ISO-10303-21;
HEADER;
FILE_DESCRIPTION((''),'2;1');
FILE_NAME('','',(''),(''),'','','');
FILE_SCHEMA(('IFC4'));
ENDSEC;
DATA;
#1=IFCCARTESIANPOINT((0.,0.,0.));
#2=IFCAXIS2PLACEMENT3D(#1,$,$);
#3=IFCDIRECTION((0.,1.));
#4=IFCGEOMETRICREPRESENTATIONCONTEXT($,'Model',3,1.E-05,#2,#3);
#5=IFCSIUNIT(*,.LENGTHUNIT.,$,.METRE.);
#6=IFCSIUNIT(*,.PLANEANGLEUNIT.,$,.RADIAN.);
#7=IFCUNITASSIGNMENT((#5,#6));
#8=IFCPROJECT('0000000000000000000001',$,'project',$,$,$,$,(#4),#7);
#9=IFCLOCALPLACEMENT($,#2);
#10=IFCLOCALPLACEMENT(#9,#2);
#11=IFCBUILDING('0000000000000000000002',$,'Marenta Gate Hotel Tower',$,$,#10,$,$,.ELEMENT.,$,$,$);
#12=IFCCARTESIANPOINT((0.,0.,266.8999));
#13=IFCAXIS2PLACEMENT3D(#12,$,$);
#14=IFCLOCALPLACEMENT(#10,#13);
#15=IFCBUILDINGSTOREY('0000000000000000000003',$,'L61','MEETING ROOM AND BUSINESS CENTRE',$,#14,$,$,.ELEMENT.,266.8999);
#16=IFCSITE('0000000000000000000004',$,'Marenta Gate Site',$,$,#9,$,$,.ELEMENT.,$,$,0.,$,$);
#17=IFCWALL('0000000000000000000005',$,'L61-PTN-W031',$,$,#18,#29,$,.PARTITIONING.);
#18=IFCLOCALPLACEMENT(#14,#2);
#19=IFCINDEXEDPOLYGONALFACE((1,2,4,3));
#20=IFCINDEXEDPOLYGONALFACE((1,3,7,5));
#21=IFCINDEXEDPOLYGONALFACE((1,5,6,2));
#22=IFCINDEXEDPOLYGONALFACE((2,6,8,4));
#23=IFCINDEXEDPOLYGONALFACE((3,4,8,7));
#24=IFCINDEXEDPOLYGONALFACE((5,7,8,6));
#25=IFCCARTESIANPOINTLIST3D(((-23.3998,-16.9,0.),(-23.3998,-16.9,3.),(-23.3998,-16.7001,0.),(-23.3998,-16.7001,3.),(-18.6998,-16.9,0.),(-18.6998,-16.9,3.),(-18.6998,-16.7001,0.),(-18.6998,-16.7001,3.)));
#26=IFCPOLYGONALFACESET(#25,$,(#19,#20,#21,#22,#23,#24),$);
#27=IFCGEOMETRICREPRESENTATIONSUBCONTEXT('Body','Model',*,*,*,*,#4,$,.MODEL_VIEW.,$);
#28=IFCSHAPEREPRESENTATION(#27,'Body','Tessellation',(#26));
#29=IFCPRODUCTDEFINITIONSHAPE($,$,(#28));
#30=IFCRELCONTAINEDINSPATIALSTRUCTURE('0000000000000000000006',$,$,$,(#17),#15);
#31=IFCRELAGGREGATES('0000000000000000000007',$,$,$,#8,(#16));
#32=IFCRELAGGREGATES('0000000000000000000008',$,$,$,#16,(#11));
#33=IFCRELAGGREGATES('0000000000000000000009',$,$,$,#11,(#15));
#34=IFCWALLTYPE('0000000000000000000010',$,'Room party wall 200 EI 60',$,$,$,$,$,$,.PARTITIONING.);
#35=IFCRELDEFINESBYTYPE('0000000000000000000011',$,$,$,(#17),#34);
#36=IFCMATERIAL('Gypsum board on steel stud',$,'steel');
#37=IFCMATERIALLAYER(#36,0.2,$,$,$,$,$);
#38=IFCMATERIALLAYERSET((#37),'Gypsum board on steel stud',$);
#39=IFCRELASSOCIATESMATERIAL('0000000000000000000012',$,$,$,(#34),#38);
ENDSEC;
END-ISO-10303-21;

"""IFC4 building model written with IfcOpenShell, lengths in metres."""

from ifc_helpers import new_model, si_unit, direction, frame, frame_2d, origin, place, context, subcontext, project, spatial, rectangle, extrude, material, layer, layer_set, type_object, element, save


model = new_model("IFC4")

# Units and contexts
model_context = context("Model", 3, precision=1e-05, world=origin(), true_north=direction((0.0, 1.0)))
body_context = subcontext(model_context, "Body", "Model", "MODEL_VIEW")
ifc_project = project(units=[si_unit("LENGTHUNIT", "METRE"), si_unit("PLANEANGLEUNIT", "RADIAN")], contexts=[model_context])

# Site, building, storey
site_placement = place(None, origin())
site = spatial("IfcSite", under=ifc_project, at=site_placement, Name="Marenta Gate Site", CompositionType="ELEMENT", RefElevation=0.0)
building_placement = place(site_placement, origin())
building = spatial("IfcBuilding", under=site, at=building_placement, Name="Marenta Gate Hotel Tower", CompositionType="ELEMENT")
storey_placement = place(building_placement, frame((0.0, 0.0, 266.8999)))
storey = spatial("IfcBuildingStorey", under=building, at=storey_placement, Name="L61", Description="MEETING ROOM AND BUSINESS CENTRE", CompositionType="ELEMENT", Elevation=266.8999)

# Wall
ifc_material_1 = material(Name="Gypsum board on steel stud", Category="steel")
ifc_layer_1 = layer(ifc_material_1, 0.2)
ifc_layer_set_1 = layer_set([ifc_layer_1], Name="Gypsum board on steel stud")
wall_type_1 = type_object("IfcWallType", Name="Room party wall 200 EI 60", PredefinedType="PARTITIONING", material=ifc_layer_set_1)
wall_1_placement = place(storey_placement, frame((-23.3999, -16.8, 0.0), z_axis=(0.0, 0.0, 1.0), x_axis=(1.0, 0.0, 0.0)))
element("IfcWall", 1, at=wall_1_placement, inside=storey, type_object=wall_type_1, Name="L61-PTN-W031", PredefinedType="PARTITIONING", context=body_context, shape_type="SweptSolid", body=[
    extrude(rectangle(XDim=4.7, YDim=0.2, at=frame_2d((2.3501, 0.0))), origin(), (0.0, 0.0, 1.0), 3.0),
])

save(model, "model.ifc")
